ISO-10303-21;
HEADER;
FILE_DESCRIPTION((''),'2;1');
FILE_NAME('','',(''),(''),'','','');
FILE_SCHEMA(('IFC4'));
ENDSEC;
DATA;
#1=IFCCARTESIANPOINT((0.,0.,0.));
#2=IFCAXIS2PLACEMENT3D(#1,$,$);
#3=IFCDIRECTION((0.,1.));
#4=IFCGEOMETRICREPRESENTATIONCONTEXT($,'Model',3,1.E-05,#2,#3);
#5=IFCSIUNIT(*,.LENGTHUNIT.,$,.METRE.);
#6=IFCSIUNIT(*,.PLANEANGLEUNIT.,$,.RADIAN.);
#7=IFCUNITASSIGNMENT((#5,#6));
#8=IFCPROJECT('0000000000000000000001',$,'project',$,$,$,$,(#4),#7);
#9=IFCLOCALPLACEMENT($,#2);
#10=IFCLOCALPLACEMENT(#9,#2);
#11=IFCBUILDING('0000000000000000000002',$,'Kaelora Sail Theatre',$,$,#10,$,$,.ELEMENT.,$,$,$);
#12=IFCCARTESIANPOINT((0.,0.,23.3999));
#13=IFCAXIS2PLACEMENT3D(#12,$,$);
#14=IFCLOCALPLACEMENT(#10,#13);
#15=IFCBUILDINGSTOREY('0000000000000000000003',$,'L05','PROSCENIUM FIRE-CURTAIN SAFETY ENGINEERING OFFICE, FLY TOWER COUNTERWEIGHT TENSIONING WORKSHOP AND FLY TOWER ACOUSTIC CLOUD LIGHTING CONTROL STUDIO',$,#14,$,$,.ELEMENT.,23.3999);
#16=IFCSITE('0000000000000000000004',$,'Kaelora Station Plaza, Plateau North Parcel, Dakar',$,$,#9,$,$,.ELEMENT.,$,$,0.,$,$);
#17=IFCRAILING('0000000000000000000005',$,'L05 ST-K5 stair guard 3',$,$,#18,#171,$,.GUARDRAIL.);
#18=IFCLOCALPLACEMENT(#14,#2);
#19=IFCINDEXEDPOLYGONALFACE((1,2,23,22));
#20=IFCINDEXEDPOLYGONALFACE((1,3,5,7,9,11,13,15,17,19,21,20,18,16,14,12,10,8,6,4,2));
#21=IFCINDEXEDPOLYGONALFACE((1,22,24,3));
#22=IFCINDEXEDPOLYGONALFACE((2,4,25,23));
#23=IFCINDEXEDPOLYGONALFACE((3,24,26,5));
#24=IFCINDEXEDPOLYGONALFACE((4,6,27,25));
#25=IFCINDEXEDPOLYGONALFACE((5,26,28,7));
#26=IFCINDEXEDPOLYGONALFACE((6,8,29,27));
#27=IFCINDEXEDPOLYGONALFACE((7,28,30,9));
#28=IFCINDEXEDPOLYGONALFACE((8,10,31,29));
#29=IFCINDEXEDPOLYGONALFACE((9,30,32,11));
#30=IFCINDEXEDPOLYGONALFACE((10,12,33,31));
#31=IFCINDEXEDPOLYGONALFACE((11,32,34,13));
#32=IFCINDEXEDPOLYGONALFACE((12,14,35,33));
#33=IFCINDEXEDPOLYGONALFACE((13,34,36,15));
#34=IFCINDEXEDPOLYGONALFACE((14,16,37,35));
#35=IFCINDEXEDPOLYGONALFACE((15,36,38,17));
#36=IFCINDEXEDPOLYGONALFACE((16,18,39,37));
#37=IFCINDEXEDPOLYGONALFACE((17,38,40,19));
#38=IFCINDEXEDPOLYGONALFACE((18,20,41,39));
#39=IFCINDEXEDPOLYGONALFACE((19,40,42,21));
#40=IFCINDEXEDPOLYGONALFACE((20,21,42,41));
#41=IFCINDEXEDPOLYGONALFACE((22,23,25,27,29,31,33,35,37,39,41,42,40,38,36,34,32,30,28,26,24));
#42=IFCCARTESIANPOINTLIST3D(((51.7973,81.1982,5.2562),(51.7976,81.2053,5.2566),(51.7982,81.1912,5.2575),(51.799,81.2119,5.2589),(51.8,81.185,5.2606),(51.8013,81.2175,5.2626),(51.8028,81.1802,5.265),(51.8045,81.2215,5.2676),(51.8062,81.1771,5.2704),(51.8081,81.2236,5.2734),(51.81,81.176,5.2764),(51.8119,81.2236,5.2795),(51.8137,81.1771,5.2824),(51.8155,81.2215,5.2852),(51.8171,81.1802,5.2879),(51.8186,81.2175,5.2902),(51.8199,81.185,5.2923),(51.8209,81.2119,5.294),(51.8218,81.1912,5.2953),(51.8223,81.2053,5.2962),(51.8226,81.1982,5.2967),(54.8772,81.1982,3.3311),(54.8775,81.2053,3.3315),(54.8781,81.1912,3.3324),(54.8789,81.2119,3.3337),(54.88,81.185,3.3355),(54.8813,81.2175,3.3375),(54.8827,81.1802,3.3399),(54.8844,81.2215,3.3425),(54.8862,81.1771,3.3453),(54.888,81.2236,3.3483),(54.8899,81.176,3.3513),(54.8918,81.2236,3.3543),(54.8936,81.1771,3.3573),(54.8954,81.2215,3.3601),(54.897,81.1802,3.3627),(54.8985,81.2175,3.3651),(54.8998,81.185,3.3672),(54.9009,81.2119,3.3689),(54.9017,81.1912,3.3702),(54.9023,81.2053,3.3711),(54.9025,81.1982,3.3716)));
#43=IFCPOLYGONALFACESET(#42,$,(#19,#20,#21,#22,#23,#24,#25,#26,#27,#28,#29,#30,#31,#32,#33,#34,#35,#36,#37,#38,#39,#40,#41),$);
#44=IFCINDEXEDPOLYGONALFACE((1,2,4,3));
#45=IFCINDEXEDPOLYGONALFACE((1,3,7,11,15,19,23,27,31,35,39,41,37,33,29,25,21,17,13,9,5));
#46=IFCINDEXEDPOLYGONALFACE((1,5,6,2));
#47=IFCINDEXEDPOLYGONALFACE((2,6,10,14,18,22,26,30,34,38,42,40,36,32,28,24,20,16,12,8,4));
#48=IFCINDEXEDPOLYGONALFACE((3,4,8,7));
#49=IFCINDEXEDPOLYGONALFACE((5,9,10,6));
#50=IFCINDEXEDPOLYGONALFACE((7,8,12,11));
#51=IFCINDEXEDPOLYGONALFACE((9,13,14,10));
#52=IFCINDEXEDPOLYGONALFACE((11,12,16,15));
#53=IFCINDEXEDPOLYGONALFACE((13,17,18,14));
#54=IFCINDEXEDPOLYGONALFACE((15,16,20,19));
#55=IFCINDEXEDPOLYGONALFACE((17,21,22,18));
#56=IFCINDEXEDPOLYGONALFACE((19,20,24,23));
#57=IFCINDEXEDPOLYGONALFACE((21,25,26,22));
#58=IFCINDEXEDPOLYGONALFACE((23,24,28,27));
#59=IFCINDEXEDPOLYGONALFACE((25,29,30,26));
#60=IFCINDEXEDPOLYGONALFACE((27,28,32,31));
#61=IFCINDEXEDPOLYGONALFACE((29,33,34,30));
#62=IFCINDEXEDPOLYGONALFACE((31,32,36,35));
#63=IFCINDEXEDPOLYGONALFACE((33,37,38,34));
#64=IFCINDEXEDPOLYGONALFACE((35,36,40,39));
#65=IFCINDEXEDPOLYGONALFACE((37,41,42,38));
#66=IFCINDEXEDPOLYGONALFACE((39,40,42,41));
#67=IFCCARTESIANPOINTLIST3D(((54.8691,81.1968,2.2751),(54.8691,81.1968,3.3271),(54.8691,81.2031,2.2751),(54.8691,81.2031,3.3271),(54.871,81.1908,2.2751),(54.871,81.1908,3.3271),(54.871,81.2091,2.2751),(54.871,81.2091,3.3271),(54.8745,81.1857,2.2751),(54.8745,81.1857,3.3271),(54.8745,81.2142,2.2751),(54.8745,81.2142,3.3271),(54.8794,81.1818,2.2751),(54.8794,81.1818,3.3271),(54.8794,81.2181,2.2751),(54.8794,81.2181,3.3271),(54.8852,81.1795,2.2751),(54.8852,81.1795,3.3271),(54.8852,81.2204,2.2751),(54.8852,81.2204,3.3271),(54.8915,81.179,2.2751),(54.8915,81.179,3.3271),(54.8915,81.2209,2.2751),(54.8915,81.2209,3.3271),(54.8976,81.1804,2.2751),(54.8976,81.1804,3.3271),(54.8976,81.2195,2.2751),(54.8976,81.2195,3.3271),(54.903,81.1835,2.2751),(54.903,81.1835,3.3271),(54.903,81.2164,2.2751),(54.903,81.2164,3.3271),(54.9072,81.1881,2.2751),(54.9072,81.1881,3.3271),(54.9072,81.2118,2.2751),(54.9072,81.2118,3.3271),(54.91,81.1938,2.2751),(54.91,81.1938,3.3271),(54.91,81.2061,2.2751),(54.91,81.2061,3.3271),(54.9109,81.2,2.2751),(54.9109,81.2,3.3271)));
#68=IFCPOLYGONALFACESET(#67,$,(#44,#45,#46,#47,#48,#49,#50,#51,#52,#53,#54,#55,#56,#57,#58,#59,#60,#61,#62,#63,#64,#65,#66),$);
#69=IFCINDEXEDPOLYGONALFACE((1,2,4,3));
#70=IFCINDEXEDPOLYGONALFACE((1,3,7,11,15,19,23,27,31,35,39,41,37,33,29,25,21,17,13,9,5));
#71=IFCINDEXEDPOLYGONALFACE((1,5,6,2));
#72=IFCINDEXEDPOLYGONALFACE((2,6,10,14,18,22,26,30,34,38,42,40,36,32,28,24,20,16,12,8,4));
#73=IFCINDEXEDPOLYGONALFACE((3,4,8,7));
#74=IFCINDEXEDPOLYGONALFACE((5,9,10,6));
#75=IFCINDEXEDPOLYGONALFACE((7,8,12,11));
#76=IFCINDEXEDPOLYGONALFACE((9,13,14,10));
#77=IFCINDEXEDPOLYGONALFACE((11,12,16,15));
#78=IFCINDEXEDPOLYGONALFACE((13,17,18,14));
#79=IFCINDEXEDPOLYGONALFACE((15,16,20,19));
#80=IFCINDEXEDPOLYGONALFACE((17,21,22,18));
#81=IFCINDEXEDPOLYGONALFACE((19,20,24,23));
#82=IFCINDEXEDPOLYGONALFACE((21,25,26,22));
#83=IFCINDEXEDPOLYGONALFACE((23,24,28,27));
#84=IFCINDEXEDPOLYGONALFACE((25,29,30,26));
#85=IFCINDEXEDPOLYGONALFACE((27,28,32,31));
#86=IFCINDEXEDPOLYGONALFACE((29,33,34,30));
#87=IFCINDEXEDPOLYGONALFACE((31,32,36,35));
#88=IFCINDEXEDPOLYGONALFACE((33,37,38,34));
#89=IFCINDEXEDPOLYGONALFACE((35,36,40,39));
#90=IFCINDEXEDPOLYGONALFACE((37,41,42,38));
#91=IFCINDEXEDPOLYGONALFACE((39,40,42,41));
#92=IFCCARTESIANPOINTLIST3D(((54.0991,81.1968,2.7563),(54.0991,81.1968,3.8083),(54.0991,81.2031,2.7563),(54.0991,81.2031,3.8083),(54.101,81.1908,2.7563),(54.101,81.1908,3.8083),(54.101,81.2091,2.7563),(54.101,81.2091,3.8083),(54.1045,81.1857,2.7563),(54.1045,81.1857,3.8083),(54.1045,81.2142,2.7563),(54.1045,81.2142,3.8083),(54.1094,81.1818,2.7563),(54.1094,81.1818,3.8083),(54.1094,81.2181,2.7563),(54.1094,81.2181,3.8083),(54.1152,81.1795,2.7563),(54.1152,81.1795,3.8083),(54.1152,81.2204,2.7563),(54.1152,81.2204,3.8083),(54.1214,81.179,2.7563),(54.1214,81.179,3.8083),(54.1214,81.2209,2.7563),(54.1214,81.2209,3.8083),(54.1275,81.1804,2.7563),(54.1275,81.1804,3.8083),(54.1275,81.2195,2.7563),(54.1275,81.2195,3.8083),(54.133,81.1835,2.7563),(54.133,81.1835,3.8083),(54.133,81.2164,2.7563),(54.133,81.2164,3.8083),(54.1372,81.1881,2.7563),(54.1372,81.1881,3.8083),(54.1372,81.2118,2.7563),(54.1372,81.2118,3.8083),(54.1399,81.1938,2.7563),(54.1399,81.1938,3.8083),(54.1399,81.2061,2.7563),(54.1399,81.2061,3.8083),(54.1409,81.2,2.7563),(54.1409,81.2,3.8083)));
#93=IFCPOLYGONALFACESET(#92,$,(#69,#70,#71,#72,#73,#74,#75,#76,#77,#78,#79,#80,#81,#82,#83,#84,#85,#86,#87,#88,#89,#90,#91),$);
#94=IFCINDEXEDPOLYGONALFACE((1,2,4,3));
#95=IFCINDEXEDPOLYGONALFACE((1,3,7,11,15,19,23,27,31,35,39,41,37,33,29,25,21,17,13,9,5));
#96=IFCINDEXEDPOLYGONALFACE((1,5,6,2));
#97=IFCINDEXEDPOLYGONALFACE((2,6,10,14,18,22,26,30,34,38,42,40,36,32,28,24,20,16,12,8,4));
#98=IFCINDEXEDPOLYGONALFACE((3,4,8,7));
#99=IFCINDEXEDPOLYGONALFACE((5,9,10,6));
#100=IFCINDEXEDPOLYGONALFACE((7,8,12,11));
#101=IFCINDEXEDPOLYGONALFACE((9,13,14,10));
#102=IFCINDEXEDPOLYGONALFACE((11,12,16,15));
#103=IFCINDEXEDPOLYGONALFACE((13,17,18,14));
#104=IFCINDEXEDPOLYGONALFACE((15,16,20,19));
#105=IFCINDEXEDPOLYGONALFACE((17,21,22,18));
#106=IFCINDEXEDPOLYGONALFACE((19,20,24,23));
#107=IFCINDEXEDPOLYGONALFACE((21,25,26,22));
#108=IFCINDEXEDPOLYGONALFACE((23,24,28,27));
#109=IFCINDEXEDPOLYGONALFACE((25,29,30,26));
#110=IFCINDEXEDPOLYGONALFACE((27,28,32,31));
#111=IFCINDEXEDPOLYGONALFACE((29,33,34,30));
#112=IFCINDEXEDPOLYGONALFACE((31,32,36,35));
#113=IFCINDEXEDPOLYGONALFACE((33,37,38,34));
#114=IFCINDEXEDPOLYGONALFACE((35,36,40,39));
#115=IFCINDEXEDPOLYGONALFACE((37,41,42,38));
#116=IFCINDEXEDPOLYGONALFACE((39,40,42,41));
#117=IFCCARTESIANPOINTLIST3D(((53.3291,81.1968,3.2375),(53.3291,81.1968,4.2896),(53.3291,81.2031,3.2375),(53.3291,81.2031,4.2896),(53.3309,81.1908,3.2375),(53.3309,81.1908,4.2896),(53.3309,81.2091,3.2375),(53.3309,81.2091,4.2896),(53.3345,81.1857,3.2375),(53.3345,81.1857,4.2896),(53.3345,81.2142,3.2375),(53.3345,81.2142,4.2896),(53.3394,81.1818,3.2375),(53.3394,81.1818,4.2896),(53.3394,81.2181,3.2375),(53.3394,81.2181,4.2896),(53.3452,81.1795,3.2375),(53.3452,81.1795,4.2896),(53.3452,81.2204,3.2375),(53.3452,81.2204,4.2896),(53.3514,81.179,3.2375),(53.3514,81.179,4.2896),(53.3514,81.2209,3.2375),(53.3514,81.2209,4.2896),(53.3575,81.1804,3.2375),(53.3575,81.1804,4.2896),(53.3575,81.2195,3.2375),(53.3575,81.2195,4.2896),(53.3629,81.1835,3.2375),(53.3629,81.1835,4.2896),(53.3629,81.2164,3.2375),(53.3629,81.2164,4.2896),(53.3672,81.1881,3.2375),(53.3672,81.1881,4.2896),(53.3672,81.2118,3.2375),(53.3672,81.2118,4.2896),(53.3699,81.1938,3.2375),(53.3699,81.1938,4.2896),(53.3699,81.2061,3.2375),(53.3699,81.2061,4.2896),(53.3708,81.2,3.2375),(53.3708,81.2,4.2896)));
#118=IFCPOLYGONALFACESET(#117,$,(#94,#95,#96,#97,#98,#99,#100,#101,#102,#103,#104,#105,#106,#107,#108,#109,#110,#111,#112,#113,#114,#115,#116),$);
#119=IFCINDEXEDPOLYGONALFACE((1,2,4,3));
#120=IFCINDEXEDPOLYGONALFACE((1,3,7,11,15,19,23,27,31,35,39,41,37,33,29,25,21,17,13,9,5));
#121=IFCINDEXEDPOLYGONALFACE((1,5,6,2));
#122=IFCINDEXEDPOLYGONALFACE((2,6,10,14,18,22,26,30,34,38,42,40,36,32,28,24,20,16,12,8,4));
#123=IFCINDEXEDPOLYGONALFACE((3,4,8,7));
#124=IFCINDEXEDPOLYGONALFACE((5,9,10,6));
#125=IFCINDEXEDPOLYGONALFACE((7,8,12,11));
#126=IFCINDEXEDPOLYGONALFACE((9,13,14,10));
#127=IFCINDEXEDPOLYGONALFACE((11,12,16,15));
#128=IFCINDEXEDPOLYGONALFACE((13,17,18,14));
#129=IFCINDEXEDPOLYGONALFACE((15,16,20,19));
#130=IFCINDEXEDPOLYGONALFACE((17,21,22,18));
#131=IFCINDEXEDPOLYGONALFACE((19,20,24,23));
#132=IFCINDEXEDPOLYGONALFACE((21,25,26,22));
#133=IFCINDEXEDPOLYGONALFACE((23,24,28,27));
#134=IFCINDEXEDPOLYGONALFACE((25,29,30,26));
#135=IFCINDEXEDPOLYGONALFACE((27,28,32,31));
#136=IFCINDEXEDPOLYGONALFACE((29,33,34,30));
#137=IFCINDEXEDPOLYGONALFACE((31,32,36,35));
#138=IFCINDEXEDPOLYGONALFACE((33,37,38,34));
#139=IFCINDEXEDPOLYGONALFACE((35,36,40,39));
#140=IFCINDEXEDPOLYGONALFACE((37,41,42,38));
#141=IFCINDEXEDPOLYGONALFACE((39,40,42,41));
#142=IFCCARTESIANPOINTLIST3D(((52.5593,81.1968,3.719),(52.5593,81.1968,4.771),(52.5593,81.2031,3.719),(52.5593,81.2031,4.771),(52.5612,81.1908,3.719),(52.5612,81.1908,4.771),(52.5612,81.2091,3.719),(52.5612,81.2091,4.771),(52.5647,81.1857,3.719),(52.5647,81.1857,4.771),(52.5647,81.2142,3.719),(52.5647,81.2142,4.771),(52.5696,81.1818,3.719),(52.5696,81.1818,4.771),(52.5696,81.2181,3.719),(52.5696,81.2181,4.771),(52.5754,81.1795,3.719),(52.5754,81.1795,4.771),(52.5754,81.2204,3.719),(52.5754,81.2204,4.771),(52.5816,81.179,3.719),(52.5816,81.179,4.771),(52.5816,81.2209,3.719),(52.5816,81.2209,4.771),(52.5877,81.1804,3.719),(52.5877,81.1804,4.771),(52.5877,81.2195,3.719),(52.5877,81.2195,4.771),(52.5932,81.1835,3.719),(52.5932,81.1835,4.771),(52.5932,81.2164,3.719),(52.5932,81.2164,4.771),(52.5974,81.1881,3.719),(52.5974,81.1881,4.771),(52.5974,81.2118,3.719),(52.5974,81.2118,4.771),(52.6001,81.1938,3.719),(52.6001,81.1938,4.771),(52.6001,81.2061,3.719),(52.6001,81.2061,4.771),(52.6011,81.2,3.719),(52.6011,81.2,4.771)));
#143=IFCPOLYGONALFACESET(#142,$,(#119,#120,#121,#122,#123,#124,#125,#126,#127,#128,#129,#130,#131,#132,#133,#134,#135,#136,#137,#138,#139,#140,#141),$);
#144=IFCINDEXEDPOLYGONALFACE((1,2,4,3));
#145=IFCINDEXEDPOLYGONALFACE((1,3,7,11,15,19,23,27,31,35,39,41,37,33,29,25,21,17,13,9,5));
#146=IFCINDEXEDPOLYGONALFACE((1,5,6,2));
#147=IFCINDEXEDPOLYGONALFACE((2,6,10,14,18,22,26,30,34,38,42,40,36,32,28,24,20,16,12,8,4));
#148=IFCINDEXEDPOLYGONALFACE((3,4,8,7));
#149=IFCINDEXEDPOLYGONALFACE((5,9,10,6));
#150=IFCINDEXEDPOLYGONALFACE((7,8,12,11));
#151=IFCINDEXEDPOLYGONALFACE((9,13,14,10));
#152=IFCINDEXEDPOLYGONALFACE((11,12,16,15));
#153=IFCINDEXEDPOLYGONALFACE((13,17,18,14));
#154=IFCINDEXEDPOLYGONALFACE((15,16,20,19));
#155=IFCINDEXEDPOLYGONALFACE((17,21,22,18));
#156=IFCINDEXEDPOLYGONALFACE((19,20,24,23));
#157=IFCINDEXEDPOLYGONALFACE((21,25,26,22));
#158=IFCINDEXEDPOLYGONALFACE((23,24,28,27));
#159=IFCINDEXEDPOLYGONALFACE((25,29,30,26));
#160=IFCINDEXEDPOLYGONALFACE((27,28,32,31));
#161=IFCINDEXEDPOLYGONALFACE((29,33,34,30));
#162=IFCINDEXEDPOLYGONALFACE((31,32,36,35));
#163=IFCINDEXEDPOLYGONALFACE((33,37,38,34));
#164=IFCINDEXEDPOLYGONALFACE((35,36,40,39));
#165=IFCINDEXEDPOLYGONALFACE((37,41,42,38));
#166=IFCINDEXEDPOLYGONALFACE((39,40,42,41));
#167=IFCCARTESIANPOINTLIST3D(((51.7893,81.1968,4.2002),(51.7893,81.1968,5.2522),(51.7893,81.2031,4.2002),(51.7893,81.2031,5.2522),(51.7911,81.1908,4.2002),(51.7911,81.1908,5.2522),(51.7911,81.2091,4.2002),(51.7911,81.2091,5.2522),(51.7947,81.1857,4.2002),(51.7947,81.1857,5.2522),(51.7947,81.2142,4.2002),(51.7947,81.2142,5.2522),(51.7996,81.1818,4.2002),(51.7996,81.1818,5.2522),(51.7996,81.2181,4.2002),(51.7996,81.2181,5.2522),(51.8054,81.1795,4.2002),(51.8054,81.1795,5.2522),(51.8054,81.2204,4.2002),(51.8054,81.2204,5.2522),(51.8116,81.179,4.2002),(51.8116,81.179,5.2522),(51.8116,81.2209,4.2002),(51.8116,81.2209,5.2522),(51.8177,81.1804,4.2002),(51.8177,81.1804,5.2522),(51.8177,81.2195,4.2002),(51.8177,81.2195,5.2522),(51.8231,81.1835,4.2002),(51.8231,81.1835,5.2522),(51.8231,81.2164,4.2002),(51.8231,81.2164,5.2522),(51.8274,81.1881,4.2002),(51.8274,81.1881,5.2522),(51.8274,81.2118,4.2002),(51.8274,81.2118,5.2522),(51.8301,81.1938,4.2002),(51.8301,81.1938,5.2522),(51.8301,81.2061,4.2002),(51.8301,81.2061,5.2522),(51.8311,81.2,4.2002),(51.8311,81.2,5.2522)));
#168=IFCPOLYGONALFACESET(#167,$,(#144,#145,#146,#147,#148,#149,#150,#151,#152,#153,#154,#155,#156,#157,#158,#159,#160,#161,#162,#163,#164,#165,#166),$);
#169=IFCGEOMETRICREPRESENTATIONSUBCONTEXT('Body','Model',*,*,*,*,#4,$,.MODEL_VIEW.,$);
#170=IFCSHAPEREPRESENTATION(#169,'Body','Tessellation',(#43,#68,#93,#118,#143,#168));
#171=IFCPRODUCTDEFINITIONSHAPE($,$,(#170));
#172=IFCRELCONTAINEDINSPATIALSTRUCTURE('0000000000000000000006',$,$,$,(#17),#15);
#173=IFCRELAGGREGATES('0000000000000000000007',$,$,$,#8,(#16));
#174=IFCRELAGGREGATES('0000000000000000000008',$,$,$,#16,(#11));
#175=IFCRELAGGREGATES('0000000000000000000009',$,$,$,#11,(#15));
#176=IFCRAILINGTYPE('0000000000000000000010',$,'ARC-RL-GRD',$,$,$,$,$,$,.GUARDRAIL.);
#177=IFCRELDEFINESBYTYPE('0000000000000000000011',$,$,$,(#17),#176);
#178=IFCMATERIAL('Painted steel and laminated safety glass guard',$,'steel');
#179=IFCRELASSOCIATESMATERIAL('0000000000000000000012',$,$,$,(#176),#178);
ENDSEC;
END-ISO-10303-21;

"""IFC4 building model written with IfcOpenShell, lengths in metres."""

from ifc_helpers import new_model, si_unit, direction, frame, origin, origin_2d, place, context, subcontext, project, spatial, circle, extrude, material, type_object, element, save


model = new_model("IFC4")

# Units and contexts
model_context = context("Model", 3, precision=1e-05, world=origin(), true_north=direction((0.0, 1.0)))
body_context = subcontext(model_context, "Body", "Model", "MODEL_VIEW")
ifc_project = project(units=[si_unit("LENGTHUNIT", "METRE"), si_unit("PLANEANGLEUNIT", "RADIAN")], contexts=[model_context])

# Site, building, storey
site_placement = place(None, origin())
site = spatial("IfcSite", under=ifc_project, at=site_placement, Name="Kaelora Station Plaza, Plateau North Parcel, Dakar", CompositionType="ELEMENT", RefElevation=0.0)
building_placement = place(site_placement, origin())
building = spatial("IfcBuilding", under=site, at=building_placement, Name="Kaelora Sail Theatre", CompositionType="ELEMENT")
storey_placement = place(building_placement, frame((0.0, 0.0, 23.3999)))
storey = spatial("IfcBuildingStorey", under=building, at=storey_placement, Name="L05", Description="PROSCENIUM FIRE-CURTAIN SAFETY ENGINEERING OFFICE, FLY TOWER COUNTERWEIGHT TENSIONING WORKSHOP AND FLY TOWER ACOUSTIC CLOUD LIGHTING CONTROL STUDIO", CompositionType="ELEMENT", Elevation=23.3999)

# Railing
ifc_material_1 = material(Name="Painted steel and laminated safety glass guard", Category="steel")
railing_type_1 = type_object("IfcRailingType", Name="ARC-RL-GRD", PredefinedType="GUARDRAIL", material=ifc_material_1)
railing_1_placement = place(storey_placement, frame((54.8899, 81.2, 2.2751)))
element("IfcRailing", 1, at=railing_1_placement, inside=storey, type_object=railing_type_1, Name="L05 ST-K5 stair guard 3", PredefinedType="GUARDRAIL", context=body_context, shape_type="SweptSolid", body=[
    extrude(circle(Radius=0.0239, at=origin_2d()), frame((0.0, 0.0, 1.0762), z_axis=(-0.847979, 0.0, 0.530029), x_axis=(0.0, -1.0, 0.0)), (0.0, 0.0, 1.0), 3.6321),
    extrude(circle(Radius=0.021, at=origin_2d()), origin(), (0.0, 0.0, 1.0), 1.052),
    extrude(circle(Radius=0.021, at=origin_2d()), frame((-0.77, 0.0, 0.4812)), (0.0, 0.0, 1.0), 1.052),
    extrude(circle(Radius=0.021, at=origin_2d()), frame((-1.54, 0.0, 0.9624)), (0.0, 0.0, 1.0), 1.052),
    extrude(circle(Radius=0.021, at=origin_2d()), frame((-2.3098, 0.0, 1.4438)), (0.0, 0.0, 1.0), 1.052),
    extrude(circle(Radius=0.021, at=origin_2d()), frame((-3.0798, 0.0, 1.925)), (0.0, 0.0, 1.0), 1.052),
])

save(model, "model.ifc")
